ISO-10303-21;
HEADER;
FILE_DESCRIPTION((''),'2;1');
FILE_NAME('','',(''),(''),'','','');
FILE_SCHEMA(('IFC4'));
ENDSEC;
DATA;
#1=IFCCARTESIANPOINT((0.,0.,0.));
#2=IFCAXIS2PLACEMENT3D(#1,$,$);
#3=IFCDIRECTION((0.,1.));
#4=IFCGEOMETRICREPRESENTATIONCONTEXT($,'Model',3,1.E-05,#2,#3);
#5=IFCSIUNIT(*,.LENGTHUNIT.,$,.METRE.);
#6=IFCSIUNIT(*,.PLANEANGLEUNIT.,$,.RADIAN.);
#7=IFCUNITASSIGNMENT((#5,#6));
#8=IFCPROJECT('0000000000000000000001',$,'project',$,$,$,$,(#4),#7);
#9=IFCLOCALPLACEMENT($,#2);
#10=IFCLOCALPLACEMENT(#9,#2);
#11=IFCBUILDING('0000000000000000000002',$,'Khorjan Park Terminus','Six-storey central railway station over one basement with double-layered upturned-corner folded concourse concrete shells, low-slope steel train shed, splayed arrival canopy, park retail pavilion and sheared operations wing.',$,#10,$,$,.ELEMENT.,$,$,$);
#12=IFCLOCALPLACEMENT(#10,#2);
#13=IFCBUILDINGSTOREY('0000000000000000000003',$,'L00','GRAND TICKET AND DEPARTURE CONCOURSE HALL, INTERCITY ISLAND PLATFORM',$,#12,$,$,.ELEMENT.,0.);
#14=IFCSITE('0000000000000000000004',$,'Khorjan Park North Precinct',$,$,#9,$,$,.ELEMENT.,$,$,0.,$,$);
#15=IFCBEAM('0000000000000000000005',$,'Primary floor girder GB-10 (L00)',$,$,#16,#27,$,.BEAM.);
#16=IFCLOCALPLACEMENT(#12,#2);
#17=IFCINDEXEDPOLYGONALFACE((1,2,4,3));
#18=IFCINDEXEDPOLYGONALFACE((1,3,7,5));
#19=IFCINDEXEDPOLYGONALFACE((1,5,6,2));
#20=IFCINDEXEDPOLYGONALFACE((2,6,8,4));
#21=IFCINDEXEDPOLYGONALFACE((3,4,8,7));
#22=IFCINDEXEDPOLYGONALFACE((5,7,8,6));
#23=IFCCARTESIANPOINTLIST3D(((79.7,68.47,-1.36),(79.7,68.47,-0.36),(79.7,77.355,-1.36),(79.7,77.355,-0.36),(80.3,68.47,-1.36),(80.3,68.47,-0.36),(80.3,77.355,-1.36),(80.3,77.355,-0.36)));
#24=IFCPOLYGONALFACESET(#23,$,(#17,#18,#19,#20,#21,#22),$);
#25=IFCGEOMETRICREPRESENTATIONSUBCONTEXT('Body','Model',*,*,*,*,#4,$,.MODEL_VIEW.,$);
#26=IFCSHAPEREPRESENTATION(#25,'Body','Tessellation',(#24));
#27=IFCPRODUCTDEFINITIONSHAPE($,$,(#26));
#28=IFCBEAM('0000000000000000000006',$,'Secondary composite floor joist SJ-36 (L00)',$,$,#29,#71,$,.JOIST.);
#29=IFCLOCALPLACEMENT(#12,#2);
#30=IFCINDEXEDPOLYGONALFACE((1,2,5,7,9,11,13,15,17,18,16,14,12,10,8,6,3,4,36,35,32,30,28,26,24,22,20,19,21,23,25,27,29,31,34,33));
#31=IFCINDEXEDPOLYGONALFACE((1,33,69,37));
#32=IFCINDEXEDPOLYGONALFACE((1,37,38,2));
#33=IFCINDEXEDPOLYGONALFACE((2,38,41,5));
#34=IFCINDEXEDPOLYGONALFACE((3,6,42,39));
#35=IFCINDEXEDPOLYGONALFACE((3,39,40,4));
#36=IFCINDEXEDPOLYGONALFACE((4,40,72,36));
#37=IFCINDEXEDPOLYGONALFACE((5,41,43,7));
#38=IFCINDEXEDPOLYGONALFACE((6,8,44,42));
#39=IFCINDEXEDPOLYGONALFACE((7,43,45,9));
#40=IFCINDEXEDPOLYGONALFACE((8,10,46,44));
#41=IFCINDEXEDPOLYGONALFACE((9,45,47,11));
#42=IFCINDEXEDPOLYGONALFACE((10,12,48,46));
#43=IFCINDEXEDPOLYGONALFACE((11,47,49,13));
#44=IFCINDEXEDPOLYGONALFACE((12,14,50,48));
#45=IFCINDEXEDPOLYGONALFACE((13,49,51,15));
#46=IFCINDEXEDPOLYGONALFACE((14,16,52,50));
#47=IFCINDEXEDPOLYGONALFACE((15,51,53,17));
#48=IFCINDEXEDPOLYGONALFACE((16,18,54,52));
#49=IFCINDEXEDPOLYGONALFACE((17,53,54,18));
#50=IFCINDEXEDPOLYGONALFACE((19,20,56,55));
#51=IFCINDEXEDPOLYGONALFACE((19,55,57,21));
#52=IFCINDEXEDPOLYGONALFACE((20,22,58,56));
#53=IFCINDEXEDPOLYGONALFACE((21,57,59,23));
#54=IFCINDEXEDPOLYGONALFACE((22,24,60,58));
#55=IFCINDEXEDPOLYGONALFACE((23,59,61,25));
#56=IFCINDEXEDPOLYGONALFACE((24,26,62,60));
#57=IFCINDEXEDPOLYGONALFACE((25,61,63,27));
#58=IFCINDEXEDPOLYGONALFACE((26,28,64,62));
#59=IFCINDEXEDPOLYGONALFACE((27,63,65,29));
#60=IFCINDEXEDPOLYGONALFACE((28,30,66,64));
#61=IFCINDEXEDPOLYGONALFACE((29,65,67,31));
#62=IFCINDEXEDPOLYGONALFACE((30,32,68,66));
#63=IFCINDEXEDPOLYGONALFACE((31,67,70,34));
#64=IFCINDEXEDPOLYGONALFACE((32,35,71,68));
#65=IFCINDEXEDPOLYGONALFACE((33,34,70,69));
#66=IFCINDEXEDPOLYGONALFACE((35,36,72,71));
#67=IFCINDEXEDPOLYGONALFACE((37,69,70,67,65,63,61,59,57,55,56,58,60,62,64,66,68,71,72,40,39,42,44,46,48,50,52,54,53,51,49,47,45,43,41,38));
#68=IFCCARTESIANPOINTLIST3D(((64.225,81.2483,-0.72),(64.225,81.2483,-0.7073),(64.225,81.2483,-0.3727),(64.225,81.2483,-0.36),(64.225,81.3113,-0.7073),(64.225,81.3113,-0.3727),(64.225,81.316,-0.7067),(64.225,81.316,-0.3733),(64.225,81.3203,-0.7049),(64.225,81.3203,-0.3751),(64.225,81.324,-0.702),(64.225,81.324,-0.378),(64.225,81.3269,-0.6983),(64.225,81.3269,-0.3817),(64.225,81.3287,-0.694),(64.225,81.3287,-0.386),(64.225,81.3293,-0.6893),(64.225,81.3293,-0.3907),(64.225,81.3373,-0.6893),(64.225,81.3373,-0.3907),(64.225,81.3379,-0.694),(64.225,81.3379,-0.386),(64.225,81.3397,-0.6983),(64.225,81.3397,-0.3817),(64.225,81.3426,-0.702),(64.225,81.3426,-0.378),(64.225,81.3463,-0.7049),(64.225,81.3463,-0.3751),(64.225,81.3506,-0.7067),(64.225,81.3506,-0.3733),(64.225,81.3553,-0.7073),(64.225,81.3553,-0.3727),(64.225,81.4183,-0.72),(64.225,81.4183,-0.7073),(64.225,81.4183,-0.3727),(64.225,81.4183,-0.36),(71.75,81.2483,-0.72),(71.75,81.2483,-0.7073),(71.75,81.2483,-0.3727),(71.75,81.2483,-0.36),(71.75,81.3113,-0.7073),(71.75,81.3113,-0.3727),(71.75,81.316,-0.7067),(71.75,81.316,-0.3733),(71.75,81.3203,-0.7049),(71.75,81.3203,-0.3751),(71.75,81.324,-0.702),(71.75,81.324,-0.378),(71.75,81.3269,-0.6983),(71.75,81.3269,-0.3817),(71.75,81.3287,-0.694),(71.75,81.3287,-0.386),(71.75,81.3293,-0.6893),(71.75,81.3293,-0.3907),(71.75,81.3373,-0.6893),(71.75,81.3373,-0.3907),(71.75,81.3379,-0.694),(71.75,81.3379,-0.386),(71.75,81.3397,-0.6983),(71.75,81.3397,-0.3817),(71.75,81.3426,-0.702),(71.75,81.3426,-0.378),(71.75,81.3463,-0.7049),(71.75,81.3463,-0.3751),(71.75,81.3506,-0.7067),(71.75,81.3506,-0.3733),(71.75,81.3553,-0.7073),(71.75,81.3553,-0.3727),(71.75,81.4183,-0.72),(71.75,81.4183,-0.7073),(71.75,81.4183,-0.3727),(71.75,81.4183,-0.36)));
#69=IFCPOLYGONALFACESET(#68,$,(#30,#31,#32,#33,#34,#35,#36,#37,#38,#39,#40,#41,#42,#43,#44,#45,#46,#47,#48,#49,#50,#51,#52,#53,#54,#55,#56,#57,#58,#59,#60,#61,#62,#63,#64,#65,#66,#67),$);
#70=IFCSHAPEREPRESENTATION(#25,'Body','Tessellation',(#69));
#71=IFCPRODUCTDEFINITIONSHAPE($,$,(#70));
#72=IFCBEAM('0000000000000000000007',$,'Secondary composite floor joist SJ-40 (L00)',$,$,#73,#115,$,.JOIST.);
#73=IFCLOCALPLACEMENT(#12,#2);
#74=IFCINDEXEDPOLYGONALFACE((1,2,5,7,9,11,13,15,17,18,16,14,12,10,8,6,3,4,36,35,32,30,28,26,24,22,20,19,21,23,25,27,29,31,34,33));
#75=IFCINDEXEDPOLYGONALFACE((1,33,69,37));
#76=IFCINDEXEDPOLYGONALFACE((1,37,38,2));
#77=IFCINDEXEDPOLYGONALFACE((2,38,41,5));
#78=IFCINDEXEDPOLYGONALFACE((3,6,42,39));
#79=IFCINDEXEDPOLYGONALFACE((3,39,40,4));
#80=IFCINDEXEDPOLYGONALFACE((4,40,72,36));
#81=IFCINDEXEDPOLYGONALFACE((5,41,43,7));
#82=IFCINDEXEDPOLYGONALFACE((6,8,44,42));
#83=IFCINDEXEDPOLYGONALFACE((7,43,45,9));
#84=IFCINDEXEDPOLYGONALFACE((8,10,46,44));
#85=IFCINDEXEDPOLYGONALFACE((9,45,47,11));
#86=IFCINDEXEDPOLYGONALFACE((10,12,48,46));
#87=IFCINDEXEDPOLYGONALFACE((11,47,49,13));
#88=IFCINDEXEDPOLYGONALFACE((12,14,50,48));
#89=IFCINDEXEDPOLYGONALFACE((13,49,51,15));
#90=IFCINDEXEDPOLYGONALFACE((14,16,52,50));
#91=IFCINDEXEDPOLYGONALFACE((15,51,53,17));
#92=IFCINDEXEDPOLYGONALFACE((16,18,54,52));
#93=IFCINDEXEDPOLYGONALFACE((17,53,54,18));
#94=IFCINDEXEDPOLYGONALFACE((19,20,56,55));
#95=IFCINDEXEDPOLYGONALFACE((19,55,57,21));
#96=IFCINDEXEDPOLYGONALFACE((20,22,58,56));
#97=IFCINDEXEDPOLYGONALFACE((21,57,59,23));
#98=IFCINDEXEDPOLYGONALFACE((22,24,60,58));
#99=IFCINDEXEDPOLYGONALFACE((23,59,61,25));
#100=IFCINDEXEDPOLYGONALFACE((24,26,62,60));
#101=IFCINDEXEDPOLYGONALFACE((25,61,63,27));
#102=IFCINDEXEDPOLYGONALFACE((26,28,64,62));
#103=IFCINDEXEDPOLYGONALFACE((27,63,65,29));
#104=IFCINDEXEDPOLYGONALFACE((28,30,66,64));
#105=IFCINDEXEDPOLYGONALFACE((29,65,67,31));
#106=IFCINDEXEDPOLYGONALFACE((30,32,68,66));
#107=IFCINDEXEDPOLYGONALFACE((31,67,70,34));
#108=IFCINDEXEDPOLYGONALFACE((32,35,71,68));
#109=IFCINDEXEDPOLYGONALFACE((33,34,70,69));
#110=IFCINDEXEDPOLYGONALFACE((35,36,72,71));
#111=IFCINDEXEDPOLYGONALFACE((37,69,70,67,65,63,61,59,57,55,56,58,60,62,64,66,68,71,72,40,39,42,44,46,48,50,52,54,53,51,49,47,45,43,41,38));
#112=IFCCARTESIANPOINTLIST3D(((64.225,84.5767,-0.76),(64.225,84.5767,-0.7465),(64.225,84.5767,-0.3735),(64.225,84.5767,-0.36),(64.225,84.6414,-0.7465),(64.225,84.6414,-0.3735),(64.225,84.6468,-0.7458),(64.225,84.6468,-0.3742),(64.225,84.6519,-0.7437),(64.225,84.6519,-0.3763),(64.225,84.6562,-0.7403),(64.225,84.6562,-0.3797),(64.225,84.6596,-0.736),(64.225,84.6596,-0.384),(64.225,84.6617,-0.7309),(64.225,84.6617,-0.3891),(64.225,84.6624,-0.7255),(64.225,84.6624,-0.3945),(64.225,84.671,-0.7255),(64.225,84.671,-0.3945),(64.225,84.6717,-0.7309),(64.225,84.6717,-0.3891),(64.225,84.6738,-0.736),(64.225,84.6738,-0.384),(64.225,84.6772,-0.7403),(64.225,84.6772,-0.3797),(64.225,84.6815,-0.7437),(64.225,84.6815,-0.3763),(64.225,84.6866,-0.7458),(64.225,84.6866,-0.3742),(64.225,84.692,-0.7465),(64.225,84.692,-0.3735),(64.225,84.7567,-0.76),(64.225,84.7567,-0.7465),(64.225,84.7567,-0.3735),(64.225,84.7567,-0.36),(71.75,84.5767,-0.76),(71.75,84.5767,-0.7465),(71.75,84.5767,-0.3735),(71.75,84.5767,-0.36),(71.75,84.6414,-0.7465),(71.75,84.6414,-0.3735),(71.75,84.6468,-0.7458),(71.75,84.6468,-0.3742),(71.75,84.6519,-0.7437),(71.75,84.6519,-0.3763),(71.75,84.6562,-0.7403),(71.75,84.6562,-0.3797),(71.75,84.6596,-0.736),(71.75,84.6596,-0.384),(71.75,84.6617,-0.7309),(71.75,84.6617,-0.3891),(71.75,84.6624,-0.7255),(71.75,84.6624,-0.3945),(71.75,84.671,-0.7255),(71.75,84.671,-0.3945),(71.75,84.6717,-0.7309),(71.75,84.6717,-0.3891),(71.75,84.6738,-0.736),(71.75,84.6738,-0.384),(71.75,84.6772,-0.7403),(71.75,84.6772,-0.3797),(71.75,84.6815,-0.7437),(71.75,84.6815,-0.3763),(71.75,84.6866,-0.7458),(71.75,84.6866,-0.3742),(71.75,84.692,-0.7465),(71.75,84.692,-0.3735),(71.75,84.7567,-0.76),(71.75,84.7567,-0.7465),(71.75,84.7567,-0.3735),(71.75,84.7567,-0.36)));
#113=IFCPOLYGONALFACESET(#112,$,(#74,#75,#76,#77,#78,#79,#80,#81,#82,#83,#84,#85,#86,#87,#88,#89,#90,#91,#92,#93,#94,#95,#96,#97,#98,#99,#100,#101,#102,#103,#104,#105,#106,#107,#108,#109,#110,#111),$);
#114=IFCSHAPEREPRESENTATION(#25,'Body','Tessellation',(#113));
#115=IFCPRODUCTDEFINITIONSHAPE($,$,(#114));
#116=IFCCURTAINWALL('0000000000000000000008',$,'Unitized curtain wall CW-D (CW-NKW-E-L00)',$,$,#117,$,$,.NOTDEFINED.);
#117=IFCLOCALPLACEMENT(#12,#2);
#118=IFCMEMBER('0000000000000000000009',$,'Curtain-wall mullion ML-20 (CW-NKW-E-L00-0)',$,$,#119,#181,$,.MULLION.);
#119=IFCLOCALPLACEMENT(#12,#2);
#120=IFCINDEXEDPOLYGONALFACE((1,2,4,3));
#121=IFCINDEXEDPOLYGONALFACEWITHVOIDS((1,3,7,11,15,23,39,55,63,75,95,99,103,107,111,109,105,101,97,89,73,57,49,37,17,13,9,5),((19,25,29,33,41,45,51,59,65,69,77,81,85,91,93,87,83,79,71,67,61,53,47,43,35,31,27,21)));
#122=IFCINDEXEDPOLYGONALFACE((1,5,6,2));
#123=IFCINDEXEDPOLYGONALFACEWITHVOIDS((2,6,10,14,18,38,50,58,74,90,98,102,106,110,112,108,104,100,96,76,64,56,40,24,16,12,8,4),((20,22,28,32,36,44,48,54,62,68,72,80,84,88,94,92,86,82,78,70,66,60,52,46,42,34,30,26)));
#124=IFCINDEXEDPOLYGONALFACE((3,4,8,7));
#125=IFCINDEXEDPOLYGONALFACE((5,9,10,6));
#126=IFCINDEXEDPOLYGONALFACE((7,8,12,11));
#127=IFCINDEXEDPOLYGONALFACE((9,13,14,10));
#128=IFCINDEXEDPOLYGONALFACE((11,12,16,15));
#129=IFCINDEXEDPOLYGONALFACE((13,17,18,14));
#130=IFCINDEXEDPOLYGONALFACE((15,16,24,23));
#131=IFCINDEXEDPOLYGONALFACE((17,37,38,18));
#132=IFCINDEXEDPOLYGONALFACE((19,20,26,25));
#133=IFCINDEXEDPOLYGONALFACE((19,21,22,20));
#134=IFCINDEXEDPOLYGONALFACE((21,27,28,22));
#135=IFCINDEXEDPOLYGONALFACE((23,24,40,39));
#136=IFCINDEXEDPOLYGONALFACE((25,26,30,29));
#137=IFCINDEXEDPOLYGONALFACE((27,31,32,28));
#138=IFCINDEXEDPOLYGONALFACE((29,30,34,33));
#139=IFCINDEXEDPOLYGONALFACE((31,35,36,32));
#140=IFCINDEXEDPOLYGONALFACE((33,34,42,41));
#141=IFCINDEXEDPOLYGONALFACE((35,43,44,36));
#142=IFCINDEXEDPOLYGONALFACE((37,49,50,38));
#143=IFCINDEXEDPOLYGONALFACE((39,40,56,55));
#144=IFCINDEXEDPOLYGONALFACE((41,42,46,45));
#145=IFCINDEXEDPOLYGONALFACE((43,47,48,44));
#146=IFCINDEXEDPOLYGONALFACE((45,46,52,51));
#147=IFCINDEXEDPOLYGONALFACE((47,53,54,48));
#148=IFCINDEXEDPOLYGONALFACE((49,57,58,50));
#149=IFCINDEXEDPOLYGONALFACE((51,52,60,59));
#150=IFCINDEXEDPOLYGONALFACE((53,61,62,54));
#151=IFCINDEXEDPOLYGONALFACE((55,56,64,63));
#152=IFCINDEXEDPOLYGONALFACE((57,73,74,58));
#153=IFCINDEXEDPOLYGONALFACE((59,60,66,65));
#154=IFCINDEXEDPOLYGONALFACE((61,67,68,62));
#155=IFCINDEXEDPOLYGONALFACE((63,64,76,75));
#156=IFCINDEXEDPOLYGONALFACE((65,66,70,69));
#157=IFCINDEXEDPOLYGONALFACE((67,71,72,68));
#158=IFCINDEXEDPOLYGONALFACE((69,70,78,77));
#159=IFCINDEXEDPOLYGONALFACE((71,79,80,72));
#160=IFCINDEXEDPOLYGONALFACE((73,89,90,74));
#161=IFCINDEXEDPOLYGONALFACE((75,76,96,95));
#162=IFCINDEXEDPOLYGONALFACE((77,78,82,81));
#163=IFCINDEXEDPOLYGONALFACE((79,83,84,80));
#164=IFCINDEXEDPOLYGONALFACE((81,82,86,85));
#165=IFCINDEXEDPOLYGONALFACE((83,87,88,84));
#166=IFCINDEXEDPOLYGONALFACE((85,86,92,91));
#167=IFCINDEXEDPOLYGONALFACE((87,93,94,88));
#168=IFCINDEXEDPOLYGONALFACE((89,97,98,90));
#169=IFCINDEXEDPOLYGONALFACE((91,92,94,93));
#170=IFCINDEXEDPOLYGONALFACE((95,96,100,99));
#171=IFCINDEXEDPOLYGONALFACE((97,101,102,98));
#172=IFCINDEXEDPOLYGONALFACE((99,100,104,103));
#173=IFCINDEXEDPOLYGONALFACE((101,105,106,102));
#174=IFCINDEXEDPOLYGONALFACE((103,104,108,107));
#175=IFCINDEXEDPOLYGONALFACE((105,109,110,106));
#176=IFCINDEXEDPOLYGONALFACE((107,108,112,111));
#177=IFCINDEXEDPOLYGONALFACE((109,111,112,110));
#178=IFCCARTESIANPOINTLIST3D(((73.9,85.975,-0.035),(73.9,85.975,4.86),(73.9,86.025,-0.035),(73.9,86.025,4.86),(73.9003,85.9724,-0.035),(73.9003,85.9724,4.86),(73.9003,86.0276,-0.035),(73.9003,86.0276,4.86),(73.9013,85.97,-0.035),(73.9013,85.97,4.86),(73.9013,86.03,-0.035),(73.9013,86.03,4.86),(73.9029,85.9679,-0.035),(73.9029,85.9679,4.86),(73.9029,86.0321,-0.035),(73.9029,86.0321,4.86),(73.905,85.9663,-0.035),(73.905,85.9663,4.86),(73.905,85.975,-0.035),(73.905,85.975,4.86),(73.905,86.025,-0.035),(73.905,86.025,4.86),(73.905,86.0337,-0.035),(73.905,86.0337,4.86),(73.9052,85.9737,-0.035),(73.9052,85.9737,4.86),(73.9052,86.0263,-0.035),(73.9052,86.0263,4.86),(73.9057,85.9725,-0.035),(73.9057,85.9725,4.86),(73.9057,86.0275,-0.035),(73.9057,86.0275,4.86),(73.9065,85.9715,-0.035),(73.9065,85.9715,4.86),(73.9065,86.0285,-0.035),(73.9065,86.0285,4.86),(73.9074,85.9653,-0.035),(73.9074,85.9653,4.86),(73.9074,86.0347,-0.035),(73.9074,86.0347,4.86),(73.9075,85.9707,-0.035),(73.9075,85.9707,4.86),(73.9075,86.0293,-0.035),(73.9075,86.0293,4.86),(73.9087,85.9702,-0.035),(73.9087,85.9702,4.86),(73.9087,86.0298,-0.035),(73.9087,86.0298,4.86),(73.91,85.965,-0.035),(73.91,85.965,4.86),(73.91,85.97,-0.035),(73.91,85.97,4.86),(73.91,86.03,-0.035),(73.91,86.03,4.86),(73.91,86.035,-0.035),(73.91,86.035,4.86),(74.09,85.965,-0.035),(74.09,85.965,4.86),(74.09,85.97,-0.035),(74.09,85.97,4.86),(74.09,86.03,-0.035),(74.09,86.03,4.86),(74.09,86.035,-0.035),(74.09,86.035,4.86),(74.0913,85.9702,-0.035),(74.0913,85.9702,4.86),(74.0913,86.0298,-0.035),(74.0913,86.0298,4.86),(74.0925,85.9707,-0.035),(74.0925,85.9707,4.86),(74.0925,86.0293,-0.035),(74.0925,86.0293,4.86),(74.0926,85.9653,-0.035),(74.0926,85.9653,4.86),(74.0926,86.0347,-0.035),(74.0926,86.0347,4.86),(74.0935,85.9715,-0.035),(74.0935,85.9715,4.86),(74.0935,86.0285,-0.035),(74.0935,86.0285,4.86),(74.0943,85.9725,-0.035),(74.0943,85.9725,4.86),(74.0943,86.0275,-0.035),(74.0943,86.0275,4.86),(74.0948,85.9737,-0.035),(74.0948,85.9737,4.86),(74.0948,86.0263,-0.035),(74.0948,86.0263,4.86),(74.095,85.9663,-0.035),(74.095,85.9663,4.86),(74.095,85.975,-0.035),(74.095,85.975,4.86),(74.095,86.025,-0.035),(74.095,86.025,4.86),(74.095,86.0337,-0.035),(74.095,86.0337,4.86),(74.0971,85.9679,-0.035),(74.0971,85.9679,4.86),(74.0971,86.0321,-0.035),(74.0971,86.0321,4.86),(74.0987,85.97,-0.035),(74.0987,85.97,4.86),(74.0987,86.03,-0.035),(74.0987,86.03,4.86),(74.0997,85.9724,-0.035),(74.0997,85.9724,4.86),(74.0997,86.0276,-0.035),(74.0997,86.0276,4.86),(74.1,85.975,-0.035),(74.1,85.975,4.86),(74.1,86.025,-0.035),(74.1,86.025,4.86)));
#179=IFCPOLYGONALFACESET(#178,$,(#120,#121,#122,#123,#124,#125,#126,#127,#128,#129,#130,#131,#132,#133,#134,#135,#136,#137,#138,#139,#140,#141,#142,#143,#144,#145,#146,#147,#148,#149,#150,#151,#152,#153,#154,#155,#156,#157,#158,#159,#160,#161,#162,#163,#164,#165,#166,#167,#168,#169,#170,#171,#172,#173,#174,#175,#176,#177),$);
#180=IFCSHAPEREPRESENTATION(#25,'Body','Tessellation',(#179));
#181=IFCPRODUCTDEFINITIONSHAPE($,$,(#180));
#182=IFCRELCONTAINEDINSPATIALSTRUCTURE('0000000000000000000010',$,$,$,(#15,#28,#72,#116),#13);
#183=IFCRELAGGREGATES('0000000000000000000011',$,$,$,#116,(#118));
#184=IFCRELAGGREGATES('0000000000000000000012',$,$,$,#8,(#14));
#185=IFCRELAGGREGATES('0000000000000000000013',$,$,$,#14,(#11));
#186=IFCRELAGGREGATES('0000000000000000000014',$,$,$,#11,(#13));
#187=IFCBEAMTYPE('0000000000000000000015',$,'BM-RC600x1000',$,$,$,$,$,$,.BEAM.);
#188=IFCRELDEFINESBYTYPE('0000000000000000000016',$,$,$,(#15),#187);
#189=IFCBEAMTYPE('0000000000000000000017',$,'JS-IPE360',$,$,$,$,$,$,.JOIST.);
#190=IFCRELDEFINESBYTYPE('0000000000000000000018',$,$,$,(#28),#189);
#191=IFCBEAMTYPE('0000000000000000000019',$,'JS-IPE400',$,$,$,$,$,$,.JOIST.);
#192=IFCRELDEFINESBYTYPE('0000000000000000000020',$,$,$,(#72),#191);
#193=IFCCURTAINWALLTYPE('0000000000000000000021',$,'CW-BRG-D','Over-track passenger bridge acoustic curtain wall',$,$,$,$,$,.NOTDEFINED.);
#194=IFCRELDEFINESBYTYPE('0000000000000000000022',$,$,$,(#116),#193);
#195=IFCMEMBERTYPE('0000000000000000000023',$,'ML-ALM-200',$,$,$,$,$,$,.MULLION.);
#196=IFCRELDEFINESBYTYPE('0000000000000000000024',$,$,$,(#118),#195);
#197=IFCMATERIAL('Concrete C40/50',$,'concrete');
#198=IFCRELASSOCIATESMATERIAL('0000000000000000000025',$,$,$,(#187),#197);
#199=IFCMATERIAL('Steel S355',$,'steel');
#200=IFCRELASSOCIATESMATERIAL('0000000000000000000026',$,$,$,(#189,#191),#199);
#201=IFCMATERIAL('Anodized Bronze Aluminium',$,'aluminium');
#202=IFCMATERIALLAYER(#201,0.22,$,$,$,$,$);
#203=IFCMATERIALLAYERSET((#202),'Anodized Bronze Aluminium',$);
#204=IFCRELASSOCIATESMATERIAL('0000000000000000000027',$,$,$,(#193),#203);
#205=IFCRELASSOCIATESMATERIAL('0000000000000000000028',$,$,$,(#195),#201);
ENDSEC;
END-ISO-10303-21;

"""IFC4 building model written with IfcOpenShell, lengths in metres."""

from ifc_helpers import new_model, si_unit, direction, frame, origin, origin_2d, place, context, subcontext, project, spatial, rectangle, hollow_rectangle, i_section, extrude, material, layer, layer_set, material_profile, profile_set, type_object, element, aggregate, save


model = new_model("IFC4")

# Units and contexts
model_context = context("Model", 3, precision=1e-05, world=origin(), true_north=direction((0.0, 1.0)))
body_context = subcontext(model_context, "Body", "Model", "MODEL_VIEW")
ifc_project = project(units=[si_unit("LENGTHUNIT", "METRE"), si_unit("PLANEANGLEUNIT", "RADIAN")], contexts=[model_context])

# Site, building, storey
site_placement = place(None, origin())
site = spatial("IfcSite", under=ifc_project, at=site_placement, Name="Khorjan Park North Precinct", CompositionType="ELEMENT", RefElevation=0.0)
building_placement = place(site_placement, origin())
building = spatial("IfcBuilding", under=site, at=building_placement, Name="Khorjan Park Terminus", Description="Six-storey central railway station over one basement with double-layered upturned-corner folded concourse concrete shells, low-slope steel train shed, splayed arrival canopy, park retail pavilion and sheared operations wing.", CompositionType="ELEMENT")
storey_placement = place(building_placement, origin())
storey = spatial("IfcBuildingStorey", under=building, at=storey_placement, Name="L00", Description="GRAND TICKET AND DEPARTURE CONCOURSE HALL, INTERCITY ISLAND PLATFORM", CompositionType="ELEMENT", Elevation=0.0)

# Shared definitions
ifc_material_1 = material(Name="Steel S355", Category="steel")

# Beams
ifc_material_2 = material(Name="Concrete C40/50", Category="concrete")
ifc_material_profile_1 = material_profile(ifc_material_2, rectangle(XDim=0.6, YDim=1.0, at=origin_2d()), Name="RC 600x1000")
ifc_profile_set_1 = profile_set([ifc_material_profile_1], Name="Concrete C40/50")
beam_type_1 = type_object("IfcBeamType", Name="BM-RC600x1000", PredefinedType="BEAM", material=ifc_profile_set_1)
beam_1_placement = place(storey_placement, frame((80.0, 68.47, -0.86), z_axis=(0.0, 1.0, 0.0), x_axis=(-1.0, 0.0, 0.0)))
element("IfcBeam", 1, at=beam_1_placement, inside=storey, type_object=beam_type_1, Name="Primary floor girder GB-10 (L00)", PredefinedType="BEAM", context=body_context, shape_type="SweptSolid", body=[
    extrude(rectangle(XDim=0.6, YDim=1.0, at=origin_2d()), origin(), (0.0, 0.0, 1.0), 8.885),
])
ifc_material_profile_2 = material_profile(ifc_material_1, i_section(OverallWidth=0.17, OverallDepth=0.36, WebThickness=0.008, FlangeThickness=0.0127, FilletRadius=0.018, at=origin_2d()), Name="IPE 360")
ifc_profile_set_2 = profile_set([ifc_material_profile_2], Name="Steel S355")
beam_type_2 = type_object("IfcBeamType", Name="JS-IPE360", PredefinedType="JOIST", material=ifc_profile_set_2)
beam_2_placement = place(storey_placement, frame((64.225, 81.3333, -0.54), z_axis=(1.0, 0.0, 0.0), x_axis=(0.0, 1.0, 0.0)))
element("IfcBeam", 2, at=beam_2_placement, inside=storey, type_object=beam_type_2, Name="Secondary composite floor joist SJ-36 (L00)", PredefinedType="JOIST", context=body_context, shape_type="SweptSolid", body=[
    extrude(i_section(OverallWidth=0.17, OverallDepth=0.36, WebThickness=0.008, FlangeThickness=0.0127, FilletRadius=0.018, at=origin_2d()), origin(), (0.0, 0.0, 1.0), 7.525),
])
ifc_material_profile_3 = material_profile(ifc_material_1, i_section(OverallWidth=0.18, OverallDepth=0.4, WebThickness=0.0086, FlangeThickness=0.0135, FilletRadius=0.021, at=origin_2d()), Name="IPE 400")
ifc_profile_set_3 = profile_set([ifc_material_profile_3], Name="Steel S355")
beam_type_3 = type_object("IfcBeamType", Name="JS-IPE400", PredefinedType="JOIST", material=ifc_profile_set_3)
beam_3_placement = place(storey_placement, frame((64.225, 84.6667, -0.56), z_axis=(1.0, 0.0, 0.0), x_axis=(0.0, 1.0, 0.0)))
element("IfcBeam", 3, at=beam_3_placement, inside=storey, type_object=beam_type_3, Name="Secondary composite floor joist SJ-40 (L00)", PredefinedType="JOIST", context=body_context, shape_type="SweptSolid", body=[
    extrude(i_section(OverallWidth=0.18, OverallDepth=0.4, WebThickness=0.0086, FlangeThickness=0.0135, FilletRadius=0.021, at=origin_2d()), origin(), (0.0, 0.0, 1.0), 7.525),
])

# Curtain wall, member
ifc_material_3 = material(Name="Anodized Bronze Aluminium", Category="aluminium")
ifc_layer_1 = layer(ifc_material_3, 0.22)
ifc_layer_set_1 = layer_set([ifc_layer_1], Name="Anodized Bronze Aluminium")
curtain_wall_type = type_object("IfcCurtainWallType", Name="CW-BRG-D", Description="Over-track passenger bridge acoustic curtain wall", PredefinedType="NOTDEFINED", material=ifc_layer_set_1)
curtain_wall_placement = place(storey_placement, origin())
curtain_wall = element("IfcCurtainWall", 4, at=curtain_wall_placement, inside=storey, type_object=curtain_wall_type, Name="Unitized curtain wall CW-D (CW-NKW-E-L00)", PredefinedType="NOTDEFINED")
ifc_material_profile_4 = material_profile(ifc_material_3, hollow_rectangle(XDim=0.07, YDim=0.2, WallThickness=0.005, InnerFilletRadius=0.005, OuterFilletRadius=0.01, at=origin_2d()), Name="ALM 70x200x5")
ifc_profile_set_4 = profile_set([ifc_material_profile_4], Name="Anodized Bronze Aluminium")
member_type_1 = type_object("IfcMemberType", Name="ML-ALM-200", PredefinedType="MULLION", material=ifc_profile_set_4)
member_1_placement = place(storey_placement, frame((74.0, 86.0, -0.035), z_axis=(0.0, 0.0, 1.0), x_axis=(0.0, 1.0, 0.0)))
member_1 = element("IfcMember", 5, at=member_1_placement, type_object=member_type_1, Name="Curtain-wall mullion ML-20 (CW-NKW-E-L00-0)", PredefinedType="MULLION", context=body_context, shape_type="SweptSolid", body=[
    extrude(hollow_rectangle(XDim=0.07, YDim=0.2, WallThickness=0.005, InnerFilletRadius=0.005, OuterFilletRadius=0.01, at=origin_2d()), origin(), (0.0, 0.0, 1.0), 4.895),
])
aggregate(curtain_wall, [member_1])

save(model, "model.ifc")
